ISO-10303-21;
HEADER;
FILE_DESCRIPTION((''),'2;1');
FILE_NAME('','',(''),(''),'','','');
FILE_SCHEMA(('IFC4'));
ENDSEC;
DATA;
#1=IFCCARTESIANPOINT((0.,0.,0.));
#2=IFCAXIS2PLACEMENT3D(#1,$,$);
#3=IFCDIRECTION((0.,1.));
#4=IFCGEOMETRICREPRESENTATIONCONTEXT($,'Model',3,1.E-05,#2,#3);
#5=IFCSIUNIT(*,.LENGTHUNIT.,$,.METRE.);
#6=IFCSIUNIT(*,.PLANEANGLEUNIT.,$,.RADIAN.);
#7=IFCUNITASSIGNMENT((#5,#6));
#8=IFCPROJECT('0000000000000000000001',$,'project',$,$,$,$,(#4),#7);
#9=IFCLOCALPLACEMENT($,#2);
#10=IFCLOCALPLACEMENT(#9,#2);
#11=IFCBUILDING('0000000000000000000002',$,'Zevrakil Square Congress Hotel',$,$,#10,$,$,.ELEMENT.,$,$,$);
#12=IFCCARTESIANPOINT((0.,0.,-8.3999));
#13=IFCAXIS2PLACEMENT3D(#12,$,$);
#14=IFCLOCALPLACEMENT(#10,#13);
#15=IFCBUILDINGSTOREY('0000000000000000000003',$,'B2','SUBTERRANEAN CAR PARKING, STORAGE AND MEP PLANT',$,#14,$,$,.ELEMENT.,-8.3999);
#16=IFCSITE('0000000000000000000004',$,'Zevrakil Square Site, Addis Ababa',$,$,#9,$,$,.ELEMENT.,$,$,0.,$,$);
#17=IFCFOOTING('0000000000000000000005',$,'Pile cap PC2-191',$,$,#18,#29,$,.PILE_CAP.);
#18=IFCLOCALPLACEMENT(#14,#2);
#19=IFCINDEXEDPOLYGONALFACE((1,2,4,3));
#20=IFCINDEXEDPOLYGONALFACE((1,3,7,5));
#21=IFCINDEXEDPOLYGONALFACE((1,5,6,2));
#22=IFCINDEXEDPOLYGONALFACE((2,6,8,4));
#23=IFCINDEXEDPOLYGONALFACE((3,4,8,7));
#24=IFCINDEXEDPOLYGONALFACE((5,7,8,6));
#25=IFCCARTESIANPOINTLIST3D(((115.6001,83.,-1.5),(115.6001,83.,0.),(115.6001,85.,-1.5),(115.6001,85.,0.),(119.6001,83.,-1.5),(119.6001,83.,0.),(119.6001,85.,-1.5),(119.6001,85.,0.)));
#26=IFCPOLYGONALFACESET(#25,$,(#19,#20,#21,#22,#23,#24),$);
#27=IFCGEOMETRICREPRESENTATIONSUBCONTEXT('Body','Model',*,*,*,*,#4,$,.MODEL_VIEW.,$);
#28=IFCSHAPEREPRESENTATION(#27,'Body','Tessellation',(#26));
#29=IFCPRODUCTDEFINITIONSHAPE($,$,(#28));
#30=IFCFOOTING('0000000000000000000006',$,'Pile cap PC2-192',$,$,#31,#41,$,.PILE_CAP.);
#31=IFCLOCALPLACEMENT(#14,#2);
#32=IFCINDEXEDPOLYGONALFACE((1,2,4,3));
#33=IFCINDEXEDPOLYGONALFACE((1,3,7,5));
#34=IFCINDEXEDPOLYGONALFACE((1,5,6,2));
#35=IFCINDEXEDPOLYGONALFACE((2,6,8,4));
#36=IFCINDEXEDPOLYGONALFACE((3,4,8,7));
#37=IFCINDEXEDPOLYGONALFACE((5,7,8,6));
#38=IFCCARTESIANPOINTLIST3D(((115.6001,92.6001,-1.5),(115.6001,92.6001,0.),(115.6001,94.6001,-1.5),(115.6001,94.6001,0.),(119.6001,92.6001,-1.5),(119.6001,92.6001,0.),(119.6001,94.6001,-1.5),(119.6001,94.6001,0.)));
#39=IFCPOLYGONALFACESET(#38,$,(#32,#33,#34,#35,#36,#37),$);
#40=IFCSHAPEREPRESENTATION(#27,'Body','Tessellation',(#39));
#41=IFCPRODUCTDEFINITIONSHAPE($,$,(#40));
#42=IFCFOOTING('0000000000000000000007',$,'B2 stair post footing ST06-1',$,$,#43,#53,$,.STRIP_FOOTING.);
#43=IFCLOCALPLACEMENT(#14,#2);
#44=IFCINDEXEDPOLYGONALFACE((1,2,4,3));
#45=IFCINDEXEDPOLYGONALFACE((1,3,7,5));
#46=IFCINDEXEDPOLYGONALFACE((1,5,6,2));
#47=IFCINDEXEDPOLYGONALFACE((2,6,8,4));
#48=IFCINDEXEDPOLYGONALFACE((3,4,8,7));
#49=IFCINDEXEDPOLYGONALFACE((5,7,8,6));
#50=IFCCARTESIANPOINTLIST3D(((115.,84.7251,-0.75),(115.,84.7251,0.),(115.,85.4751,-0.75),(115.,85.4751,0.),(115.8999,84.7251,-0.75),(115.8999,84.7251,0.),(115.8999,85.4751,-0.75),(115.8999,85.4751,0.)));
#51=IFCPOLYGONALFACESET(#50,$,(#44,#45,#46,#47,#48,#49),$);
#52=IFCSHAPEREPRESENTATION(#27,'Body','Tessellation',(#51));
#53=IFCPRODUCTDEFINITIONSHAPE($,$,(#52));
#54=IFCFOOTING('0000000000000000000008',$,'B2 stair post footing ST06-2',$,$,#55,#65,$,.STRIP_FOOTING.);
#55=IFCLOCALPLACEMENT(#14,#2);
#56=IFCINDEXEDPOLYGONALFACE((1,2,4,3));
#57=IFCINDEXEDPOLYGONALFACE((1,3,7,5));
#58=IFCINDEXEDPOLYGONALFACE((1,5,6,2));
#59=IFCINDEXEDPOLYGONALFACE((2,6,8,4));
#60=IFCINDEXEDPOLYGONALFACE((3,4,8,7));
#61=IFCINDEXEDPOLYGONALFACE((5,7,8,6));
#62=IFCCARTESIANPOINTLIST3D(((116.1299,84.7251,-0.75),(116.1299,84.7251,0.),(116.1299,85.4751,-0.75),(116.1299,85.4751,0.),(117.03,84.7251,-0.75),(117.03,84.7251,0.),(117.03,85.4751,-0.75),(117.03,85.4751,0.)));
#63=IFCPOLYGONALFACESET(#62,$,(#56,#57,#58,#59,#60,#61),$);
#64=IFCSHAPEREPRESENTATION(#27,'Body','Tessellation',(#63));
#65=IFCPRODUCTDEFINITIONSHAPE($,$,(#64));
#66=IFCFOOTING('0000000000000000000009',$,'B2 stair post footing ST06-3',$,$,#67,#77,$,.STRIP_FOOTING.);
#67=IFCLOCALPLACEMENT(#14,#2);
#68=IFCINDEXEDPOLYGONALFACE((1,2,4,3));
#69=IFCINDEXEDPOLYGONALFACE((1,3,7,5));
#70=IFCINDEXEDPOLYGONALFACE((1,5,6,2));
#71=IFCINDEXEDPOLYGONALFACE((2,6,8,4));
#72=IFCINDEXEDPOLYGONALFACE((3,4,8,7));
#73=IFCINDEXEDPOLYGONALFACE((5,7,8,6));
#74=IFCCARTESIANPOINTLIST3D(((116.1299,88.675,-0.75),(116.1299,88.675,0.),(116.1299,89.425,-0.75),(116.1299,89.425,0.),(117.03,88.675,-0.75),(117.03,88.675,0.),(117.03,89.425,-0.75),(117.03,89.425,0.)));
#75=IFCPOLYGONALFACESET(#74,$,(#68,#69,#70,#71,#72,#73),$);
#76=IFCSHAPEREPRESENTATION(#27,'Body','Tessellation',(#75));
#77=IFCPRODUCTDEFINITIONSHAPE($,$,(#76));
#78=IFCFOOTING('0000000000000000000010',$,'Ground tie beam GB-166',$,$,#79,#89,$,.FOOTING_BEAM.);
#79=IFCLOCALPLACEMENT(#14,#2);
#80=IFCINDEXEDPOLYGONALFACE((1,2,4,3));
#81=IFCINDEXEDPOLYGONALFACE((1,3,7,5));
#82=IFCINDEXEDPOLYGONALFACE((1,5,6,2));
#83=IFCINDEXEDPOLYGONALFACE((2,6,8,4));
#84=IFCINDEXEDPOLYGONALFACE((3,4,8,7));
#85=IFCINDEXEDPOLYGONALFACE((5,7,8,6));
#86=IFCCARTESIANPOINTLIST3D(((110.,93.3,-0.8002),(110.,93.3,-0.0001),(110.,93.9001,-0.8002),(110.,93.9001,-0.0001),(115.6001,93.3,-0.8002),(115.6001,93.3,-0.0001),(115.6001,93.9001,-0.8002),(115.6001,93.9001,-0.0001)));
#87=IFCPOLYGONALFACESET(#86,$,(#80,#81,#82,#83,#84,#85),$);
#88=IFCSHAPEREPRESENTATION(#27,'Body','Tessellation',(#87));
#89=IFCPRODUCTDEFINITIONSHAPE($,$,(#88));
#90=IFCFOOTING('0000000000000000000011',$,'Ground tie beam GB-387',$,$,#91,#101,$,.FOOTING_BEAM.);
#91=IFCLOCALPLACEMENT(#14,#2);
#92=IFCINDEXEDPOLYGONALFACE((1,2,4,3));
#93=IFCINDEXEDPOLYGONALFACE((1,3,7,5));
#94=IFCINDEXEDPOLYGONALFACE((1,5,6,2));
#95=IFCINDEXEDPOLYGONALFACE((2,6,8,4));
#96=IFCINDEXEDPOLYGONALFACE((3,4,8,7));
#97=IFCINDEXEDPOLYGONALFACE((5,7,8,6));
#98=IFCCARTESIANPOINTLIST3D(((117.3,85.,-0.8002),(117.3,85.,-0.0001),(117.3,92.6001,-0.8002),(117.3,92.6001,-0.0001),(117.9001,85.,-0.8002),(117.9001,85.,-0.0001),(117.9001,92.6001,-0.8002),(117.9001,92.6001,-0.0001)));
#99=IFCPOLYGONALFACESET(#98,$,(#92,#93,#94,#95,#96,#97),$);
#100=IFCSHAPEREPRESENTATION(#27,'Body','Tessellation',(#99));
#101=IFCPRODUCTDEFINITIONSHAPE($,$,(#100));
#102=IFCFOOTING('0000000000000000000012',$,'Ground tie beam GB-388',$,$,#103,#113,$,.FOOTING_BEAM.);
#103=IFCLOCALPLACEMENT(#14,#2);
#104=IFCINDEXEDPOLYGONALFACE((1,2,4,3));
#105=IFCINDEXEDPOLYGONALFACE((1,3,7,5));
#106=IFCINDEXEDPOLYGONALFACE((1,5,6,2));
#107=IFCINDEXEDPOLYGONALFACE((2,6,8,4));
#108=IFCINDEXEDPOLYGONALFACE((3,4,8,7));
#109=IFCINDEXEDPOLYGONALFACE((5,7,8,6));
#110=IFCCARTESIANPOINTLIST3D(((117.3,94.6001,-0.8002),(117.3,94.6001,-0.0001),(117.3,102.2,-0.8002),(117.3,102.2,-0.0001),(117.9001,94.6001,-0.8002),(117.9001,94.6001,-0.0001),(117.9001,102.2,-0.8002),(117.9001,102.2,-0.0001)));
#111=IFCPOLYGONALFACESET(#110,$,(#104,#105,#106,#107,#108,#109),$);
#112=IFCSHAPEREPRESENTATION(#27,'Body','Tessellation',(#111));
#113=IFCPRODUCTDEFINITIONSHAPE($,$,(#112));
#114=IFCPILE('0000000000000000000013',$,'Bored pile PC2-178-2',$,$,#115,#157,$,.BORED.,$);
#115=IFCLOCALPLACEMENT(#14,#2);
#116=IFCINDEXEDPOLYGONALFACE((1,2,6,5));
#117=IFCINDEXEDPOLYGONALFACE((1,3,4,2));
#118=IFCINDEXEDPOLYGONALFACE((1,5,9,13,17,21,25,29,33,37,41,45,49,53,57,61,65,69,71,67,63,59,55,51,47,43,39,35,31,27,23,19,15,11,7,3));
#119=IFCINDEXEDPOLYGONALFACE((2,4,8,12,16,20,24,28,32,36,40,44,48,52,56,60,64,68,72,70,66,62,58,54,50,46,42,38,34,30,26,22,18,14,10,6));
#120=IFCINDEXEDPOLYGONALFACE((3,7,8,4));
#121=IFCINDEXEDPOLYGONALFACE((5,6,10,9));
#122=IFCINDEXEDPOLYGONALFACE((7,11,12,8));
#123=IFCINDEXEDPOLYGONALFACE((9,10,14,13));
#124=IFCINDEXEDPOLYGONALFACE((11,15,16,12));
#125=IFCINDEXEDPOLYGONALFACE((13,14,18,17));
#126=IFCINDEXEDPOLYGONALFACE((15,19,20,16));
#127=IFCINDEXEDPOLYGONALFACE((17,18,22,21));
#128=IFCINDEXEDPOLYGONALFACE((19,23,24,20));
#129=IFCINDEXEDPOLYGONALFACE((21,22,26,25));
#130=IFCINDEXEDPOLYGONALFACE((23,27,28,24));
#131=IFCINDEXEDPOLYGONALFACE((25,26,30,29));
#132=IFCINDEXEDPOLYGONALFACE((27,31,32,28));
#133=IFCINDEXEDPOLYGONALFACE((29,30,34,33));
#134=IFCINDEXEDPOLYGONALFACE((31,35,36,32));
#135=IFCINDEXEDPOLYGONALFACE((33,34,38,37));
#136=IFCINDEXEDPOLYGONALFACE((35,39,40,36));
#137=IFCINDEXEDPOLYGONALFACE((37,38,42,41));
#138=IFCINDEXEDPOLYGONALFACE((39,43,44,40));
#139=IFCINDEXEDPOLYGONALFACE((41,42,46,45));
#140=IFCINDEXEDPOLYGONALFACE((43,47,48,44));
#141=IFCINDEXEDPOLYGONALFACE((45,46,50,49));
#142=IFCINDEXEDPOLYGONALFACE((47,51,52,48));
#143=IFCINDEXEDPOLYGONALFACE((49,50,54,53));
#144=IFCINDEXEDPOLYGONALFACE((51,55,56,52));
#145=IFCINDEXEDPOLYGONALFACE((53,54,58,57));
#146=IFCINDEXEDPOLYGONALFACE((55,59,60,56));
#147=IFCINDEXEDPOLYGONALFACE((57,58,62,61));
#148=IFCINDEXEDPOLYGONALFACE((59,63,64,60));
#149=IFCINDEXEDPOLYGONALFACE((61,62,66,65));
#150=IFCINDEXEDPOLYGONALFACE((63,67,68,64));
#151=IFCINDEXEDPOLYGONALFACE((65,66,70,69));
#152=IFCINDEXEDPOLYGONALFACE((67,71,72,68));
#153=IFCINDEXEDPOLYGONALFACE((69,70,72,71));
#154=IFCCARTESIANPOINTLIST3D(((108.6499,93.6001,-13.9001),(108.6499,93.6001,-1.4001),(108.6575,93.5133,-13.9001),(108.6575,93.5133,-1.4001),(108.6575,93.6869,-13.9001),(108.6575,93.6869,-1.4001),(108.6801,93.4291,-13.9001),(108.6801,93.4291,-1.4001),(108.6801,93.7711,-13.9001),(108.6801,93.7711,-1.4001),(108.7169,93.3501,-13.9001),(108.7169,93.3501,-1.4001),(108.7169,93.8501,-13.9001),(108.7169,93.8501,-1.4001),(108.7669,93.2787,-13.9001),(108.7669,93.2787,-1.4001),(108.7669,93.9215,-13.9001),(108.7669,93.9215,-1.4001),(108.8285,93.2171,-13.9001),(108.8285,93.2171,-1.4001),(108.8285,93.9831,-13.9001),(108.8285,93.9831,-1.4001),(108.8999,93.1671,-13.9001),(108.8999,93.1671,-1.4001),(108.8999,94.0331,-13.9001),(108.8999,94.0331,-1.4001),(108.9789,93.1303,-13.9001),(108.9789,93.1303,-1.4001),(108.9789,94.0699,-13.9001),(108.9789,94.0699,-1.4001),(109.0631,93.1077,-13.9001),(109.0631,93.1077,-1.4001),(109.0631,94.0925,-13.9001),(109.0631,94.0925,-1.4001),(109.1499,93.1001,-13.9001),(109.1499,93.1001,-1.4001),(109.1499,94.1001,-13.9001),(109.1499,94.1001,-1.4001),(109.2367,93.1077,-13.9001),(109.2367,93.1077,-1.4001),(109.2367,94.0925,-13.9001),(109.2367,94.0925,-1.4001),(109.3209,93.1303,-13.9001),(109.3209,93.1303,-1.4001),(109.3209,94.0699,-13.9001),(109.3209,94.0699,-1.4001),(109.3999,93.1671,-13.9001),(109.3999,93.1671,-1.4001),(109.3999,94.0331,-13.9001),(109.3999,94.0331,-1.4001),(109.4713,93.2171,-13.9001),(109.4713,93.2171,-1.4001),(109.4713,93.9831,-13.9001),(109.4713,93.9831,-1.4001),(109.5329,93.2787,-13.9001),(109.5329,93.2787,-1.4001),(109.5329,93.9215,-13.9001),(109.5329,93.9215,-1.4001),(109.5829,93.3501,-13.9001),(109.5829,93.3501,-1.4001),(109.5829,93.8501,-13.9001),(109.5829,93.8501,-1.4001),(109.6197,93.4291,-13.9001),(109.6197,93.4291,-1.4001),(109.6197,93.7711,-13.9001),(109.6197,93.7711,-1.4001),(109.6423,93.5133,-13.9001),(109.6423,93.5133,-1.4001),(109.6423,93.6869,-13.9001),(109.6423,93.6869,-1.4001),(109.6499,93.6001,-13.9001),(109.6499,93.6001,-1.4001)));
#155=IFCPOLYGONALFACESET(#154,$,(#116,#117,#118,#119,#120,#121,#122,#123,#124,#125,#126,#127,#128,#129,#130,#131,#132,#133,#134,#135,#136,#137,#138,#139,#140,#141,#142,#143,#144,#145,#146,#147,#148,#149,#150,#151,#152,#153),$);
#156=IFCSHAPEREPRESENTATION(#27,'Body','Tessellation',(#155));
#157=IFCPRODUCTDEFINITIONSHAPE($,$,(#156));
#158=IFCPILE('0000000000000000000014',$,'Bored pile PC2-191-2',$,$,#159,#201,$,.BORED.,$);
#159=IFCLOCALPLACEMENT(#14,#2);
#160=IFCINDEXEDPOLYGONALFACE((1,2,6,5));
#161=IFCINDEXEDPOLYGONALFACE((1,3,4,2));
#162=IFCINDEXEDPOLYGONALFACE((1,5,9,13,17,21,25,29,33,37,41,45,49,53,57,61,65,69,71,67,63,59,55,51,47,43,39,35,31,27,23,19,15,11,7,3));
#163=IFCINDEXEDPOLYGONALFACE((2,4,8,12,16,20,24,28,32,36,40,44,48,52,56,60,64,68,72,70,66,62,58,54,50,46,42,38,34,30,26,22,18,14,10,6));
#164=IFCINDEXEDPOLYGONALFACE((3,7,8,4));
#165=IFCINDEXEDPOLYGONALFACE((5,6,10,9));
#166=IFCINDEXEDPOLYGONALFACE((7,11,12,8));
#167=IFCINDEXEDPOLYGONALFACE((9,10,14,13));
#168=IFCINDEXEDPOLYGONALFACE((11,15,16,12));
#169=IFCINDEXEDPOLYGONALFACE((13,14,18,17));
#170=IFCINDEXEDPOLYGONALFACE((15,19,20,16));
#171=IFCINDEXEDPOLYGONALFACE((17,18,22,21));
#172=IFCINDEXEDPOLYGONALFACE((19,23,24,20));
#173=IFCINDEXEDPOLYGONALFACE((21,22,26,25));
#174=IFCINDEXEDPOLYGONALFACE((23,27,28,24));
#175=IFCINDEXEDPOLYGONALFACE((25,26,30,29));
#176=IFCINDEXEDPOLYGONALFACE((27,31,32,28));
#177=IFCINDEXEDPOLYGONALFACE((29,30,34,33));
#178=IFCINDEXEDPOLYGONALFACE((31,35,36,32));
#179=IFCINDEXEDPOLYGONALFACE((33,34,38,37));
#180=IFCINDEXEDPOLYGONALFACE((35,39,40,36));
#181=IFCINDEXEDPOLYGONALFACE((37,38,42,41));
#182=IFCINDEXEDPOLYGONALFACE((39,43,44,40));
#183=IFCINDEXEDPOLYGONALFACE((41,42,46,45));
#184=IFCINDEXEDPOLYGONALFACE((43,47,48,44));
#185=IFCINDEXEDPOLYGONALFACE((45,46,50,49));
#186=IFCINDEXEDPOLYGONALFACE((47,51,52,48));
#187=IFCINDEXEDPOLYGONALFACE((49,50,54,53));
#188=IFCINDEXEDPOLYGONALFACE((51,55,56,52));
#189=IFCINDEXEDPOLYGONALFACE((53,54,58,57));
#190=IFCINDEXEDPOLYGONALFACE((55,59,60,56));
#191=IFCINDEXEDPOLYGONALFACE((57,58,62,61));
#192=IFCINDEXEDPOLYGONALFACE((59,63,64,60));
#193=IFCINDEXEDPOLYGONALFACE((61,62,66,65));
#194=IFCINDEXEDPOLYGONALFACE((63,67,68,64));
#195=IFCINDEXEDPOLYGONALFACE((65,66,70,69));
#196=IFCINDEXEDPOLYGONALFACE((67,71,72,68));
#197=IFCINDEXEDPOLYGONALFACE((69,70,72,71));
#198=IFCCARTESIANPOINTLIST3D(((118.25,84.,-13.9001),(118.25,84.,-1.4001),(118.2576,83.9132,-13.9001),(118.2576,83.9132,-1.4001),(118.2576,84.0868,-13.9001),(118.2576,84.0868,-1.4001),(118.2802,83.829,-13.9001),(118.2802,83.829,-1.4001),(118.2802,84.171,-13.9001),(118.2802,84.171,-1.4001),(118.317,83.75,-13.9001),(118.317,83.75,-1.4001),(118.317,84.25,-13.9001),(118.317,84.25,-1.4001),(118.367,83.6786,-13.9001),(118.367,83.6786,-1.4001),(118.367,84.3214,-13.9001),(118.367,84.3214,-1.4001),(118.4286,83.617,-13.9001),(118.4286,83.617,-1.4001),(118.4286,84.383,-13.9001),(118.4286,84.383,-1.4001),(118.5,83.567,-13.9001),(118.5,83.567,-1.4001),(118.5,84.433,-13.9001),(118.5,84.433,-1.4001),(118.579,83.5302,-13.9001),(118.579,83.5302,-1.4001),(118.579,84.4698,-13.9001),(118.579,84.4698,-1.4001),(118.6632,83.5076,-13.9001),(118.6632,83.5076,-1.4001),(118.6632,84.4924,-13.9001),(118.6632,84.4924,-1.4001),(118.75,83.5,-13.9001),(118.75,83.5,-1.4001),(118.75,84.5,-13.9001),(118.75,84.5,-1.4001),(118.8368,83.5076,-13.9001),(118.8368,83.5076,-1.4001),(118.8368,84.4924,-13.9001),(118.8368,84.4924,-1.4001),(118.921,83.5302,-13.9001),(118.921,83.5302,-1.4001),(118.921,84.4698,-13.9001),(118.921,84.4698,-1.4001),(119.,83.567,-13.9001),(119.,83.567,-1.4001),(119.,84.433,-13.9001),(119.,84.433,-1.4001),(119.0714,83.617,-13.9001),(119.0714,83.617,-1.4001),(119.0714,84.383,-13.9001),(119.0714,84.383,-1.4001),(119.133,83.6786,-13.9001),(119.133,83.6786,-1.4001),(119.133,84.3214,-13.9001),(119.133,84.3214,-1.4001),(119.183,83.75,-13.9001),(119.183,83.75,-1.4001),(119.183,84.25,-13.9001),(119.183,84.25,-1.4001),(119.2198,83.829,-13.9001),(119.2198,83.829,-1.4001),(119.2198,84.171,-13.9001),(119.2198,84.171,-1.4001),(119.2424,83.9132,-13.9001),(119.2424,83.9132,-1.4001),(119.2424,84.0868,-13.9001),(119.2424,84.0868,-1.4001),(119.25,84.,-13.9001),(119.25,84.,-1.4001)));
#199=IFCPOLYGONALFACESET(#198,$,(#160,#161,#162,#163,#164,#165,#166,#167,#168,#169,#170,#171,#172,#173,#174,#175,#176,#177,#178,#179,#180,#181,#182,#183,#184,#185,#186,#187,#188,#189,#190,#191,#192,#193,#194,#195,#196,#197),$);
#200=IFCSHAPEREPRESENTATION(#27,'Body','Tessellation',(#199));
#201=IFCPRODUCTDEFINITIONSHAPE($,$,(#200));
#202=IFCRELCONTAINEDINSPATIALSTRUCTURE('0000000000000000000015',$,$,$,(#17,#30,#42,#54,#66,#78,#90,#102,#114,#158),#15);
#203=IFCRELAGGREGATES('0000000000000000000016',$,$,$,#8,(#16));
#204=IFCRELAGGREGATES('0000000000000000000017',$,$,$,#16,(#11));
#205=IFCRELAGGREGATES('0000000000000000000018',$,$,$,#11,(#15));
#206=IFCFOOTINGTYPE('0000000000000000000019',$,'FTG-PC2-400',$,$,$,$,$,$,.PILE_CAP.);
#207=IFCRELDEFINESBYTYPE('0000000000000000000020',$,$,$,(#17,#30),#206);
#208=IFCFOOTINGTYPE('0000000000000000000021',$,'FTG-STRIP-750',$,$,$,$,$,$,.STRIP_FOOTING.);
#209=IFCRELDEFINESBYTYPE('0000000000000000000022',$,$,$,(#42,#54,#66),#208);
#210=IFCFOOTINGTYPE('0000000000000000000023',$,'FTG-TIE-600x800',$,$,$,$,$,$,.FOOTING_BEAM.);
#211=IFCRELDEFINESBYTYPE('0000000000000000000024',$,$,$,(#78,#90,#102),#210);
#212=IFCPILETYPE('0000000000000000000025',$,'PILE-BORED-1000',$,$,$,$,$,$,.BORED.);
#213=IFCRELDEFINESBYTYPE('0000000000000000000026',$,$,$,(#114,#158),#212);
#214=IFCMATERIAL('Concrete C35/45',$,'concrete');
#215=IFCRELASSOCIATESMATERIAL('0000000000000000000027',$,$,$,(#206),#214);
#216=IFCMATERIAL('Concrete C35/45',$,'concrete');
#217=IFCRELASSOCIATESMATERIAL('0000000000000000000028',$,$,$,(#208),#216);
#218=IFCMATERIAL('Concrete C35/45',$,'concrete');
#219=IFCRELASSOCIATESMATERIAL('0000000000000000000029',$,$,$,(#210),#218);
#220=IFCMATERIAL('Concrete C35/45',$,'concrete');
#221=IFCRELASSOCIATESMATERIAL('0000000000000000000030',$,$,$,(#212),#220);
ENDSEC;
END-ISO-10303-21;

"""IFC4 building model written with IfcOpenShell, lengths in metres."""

from ifc_helpers import new_model, si_unit, direction, frame, origin, origin_2d, place, context, subcontext, project, spatial, rectangle, circle, extrude, material, material_profile, profile_set, type_object, element, save


model = new_model("IFC4")

# Units and contexts
model_context = context("Model", 3, precision=1e-05, world=origin(), true_north=direction((0.0, 1.0)))
body_context = subcontext(model_context, "Body", "Model", "MODEL_VIEW")
ifc_project = project(units=[si_unit("LENGTHUNIT", "METRE"), si_unit("PLANEANGLEUNIT", "RADIAN")], contexts=[model_context])

# Site, building, storey
site_placement = place(None, origin())
site = spatial("IfcSite", under=ifc_project, at=site_placement, Name="Zevrakil Square Site, Addis Ababa", CompositionType="ELEMENT", RefElevation=0.0)
building_placement = place(site_placement, origin())
building = spatial("IfcBuilding", under=site, at=building_placement, Name="Zevrakil Square Congress Hotel", CompositionType="ELEMENT")
storey_placement = place(building_placement, frame((0.0, 0.0, -8.3999)))
storey = spatial("IfcBuildingStorey", under=building, at=storey_placement, Name="B2", Description="SUBTERRANEAN CAR PARKING, STORAGE AND MEP PLANT", CompositionType="ELEMENT", Elevation=-8.3999)

# Footings
ifc_material_1 = material(Name="Concrete C35/45", Category="concrete")
footing_type_1 = type_object("IfcFootingType", Name="FTG-PC2-400", PredefinedType="PILE_CAP", material=ifc_material_1)
for number, where, z_axis, x_axis, name in (
    (1, (117.6001, 84.0, -1.5), (0.0, 0.0, 1.0), (1.0, 0.0, 0.0), "Pile cap PC2-191"),
    (2, (117.6001, 93.6001, -1.5), (0.0, 0.0, 1.0), (1.0, 0.0, 0.0), "Pile cap PC2-192"),
):
    element("IfcFooting", number, at=place(storey_placement, frame(where, z_axis=z_axis, x_axis=x_axis)), inside=storey, type_object=footing_type_1, Name=name, PredefinedType="PILE_CAP", context=body_context, shape_type="SweptSolid", body=[
        extrude(rectangle(XDim=4.0, YDim=2.0, at=origin_2d()), origin(), (0.0, 0.0, 1.0), 1.5),
    ])
ifc_material_2 = material(Name="Concrete C35/45", Category="concrete")
ifc_material_profile_1 = material_profile(ifc_material_2, rectangle(XDim=0.75, YDim=0.75, at=origin_2d()), Name="RC 750x750")
ifc_profile_set_1 = profile_set([ifc_material_profile_1], Name="Concrete C35/45")
footing_type_2 = type_object("IfcFootingType", Name="FTG-STRIP-750", PredefinedType="STRIP_FOOTING", material=ifc_profile_set_1)
footing_1_placement = place(storey_placement, frame((115.0, 85.1001, -0.375), z_axis=(1.0, 0.0, 0.0), x_axis=(0.0, 1.0, 0.0)))
element("IfcFooting", 3, at=footing_1_placement, inside=storey, type_object=footing_type_2, Name="B2 stair post footing ST06-1", PredefinedType="STRIP_FOOTING", context=body_context, shape_type="SweptSolid", body=[
    extrude(rectangle(XDim=0.75, YDim=0.75, at=origin_2d()), origin(), (0.0, 0.0, 1.0), 0.8999),
])
for number, where, z_axis, x_axis, name in (
    (4, (116.1299, 85.1001, -0.375), (1.0, 0.0, 0.0), (0.0, 1.0, 0.0), "B2 stair post footing ST06-2"),
    (5, (116.1299, 89.05, -0.375), (1.0, 0.0, 0.0), (0.0, 1.0, 0.0), "B2 stair post footing ST06-3"),
):
    element("IfcFooting", number, at=place(storey_placement, frame(where, z_axis=z_axis, x_axis=x_axis)), inside=storey, type_object=footing_type_2, Name=name, PredefinedType="STRIP_FOOTING", context=body_context, shape_type="SweptSolid", body=[
        extrude(rectangle(XDim=0.75, YDim=0.75, at=origin_2d()), origin(), (0.0, 0.0, 1.0), 0.9001),
    ])
ifc_material_3 = material(Name="Concrete C35/45", Category="concrete")
ifc_material_profile_2 = material_profile(ifc_material_3, rectangle(XDim=0.6001, YDim=0.8, at=origin_2d()), Name="RC 600x800")
ifc_profile_set_2 = profile_set([ifc_material_profile_2], Name="Concrete C35/45")
footing_type_3 = type_object("IfcFootingType", Name="FTG-TIE-600x800", PredefinedType="FOOTING_BEAM", material=ifc_profile_set_2)
footing_2_placement = place(storey_placement, frame((110.0, 93.6001, -0.4001), z_axis=(1.0, 0.0, 0.0), x_axis=(0.0, 1.0, 0.0)))
element("IfcFooting", 6, at=footing_2_placement, inside=storey, type_object=footing_type_3, Name="Ground tie beam GB-166", PredefinedType="FOOTING_BEAM", context=body_context, shape_type="SweptSolid", body=[
    extrude(rectangle(XDim=0.6001, YDim=0.8, at=origin_2d()), origin(), (0.0, 0.0, 1.0), 5.6001),
])
footing_3_placement = place(storey_placement, frame((117.6001, 85.0, -0.4001), z_axis=(0.0, 1.0, 0.0), x_axis=(-1.0, 0.0, 0.0)))
element("IfcFooting", 7, at=footing_3_placement, inside=storey, type_object=footing_type_3, Name="Ground tie beam GB-387", PredefinedType="FOOTING_BEAM", context=body_context, shape_type="SweptSolid", body=[
    extrude(rectangle(XDim=0.6001, YDim=0.8, at=origin_2d()), origin(), (0.0, 0.0, 1.0), 7.6001),
])
footing_4_placement = place(storey_placement, frame((117.6001, 94.6001, -0.4001), z_axis=(0.0, 1.0, 0.0), x_axis=(-1.0, 0.0, 0.0)))
element("IfcFooting", 8, at=footing_4_placement, inside=storey, type_object=footing_type_3, Name="Ground tie beam GB-388", PredefinedType="FOOTING_BEAM", context=body_context, shape_type="SweptSolid", body=[
    extrude(rectangle(XDim=0.6001, YDim=0.8, at=origin_2d()), origin(), (0.0, 0.0, 1.0), 7.5999),
])

# Piles
ifc_material_4 = material(Name="Concrete C35/45", Category="concrete")
ifc_material_profile_3 = material_profile(ifc_material_4, circle(Radius=0.5, at=origin_2d()), Name="PILE D1000")
ifc_profile_set_3 = profile_set([ifc_material_profile_3], Name="Concrete C35/45")
pile_type = type_object("IfcPileType", Name="PILE-BORED-1000", PredefinedType="BORED", material=ifc_profile_set_3)
for number, where, z_axis, x_axis, name in (
    (9, (109.1499, 93.6001, -1.4001), (0.0, 0.0, -1.0), (1.0, 0.0, 0.0), "Bored pile PC2-178-2"),
    (10, (118.75, 84.0, -1.4001), (0.0, 0.0, -1.0), (1.0, 0.0, 0.0), "Bored pile PC2-191-2"),
):
    element("IfcPile", number, at=place(storey_placement, frame(where, z_axis=z_axis, x_axis=x_axis)), inside=storey, type_object=pile_type, Name=name, PredefinedType="BORED", context=body_context, shape_type="SweptSolid", body=[
        extrude(circle(Radius=0.5, at=origin_2d()), origin(), (0.0, 0.0, 1.0), 12.5),
    ])

save(model, "model.ifc")
